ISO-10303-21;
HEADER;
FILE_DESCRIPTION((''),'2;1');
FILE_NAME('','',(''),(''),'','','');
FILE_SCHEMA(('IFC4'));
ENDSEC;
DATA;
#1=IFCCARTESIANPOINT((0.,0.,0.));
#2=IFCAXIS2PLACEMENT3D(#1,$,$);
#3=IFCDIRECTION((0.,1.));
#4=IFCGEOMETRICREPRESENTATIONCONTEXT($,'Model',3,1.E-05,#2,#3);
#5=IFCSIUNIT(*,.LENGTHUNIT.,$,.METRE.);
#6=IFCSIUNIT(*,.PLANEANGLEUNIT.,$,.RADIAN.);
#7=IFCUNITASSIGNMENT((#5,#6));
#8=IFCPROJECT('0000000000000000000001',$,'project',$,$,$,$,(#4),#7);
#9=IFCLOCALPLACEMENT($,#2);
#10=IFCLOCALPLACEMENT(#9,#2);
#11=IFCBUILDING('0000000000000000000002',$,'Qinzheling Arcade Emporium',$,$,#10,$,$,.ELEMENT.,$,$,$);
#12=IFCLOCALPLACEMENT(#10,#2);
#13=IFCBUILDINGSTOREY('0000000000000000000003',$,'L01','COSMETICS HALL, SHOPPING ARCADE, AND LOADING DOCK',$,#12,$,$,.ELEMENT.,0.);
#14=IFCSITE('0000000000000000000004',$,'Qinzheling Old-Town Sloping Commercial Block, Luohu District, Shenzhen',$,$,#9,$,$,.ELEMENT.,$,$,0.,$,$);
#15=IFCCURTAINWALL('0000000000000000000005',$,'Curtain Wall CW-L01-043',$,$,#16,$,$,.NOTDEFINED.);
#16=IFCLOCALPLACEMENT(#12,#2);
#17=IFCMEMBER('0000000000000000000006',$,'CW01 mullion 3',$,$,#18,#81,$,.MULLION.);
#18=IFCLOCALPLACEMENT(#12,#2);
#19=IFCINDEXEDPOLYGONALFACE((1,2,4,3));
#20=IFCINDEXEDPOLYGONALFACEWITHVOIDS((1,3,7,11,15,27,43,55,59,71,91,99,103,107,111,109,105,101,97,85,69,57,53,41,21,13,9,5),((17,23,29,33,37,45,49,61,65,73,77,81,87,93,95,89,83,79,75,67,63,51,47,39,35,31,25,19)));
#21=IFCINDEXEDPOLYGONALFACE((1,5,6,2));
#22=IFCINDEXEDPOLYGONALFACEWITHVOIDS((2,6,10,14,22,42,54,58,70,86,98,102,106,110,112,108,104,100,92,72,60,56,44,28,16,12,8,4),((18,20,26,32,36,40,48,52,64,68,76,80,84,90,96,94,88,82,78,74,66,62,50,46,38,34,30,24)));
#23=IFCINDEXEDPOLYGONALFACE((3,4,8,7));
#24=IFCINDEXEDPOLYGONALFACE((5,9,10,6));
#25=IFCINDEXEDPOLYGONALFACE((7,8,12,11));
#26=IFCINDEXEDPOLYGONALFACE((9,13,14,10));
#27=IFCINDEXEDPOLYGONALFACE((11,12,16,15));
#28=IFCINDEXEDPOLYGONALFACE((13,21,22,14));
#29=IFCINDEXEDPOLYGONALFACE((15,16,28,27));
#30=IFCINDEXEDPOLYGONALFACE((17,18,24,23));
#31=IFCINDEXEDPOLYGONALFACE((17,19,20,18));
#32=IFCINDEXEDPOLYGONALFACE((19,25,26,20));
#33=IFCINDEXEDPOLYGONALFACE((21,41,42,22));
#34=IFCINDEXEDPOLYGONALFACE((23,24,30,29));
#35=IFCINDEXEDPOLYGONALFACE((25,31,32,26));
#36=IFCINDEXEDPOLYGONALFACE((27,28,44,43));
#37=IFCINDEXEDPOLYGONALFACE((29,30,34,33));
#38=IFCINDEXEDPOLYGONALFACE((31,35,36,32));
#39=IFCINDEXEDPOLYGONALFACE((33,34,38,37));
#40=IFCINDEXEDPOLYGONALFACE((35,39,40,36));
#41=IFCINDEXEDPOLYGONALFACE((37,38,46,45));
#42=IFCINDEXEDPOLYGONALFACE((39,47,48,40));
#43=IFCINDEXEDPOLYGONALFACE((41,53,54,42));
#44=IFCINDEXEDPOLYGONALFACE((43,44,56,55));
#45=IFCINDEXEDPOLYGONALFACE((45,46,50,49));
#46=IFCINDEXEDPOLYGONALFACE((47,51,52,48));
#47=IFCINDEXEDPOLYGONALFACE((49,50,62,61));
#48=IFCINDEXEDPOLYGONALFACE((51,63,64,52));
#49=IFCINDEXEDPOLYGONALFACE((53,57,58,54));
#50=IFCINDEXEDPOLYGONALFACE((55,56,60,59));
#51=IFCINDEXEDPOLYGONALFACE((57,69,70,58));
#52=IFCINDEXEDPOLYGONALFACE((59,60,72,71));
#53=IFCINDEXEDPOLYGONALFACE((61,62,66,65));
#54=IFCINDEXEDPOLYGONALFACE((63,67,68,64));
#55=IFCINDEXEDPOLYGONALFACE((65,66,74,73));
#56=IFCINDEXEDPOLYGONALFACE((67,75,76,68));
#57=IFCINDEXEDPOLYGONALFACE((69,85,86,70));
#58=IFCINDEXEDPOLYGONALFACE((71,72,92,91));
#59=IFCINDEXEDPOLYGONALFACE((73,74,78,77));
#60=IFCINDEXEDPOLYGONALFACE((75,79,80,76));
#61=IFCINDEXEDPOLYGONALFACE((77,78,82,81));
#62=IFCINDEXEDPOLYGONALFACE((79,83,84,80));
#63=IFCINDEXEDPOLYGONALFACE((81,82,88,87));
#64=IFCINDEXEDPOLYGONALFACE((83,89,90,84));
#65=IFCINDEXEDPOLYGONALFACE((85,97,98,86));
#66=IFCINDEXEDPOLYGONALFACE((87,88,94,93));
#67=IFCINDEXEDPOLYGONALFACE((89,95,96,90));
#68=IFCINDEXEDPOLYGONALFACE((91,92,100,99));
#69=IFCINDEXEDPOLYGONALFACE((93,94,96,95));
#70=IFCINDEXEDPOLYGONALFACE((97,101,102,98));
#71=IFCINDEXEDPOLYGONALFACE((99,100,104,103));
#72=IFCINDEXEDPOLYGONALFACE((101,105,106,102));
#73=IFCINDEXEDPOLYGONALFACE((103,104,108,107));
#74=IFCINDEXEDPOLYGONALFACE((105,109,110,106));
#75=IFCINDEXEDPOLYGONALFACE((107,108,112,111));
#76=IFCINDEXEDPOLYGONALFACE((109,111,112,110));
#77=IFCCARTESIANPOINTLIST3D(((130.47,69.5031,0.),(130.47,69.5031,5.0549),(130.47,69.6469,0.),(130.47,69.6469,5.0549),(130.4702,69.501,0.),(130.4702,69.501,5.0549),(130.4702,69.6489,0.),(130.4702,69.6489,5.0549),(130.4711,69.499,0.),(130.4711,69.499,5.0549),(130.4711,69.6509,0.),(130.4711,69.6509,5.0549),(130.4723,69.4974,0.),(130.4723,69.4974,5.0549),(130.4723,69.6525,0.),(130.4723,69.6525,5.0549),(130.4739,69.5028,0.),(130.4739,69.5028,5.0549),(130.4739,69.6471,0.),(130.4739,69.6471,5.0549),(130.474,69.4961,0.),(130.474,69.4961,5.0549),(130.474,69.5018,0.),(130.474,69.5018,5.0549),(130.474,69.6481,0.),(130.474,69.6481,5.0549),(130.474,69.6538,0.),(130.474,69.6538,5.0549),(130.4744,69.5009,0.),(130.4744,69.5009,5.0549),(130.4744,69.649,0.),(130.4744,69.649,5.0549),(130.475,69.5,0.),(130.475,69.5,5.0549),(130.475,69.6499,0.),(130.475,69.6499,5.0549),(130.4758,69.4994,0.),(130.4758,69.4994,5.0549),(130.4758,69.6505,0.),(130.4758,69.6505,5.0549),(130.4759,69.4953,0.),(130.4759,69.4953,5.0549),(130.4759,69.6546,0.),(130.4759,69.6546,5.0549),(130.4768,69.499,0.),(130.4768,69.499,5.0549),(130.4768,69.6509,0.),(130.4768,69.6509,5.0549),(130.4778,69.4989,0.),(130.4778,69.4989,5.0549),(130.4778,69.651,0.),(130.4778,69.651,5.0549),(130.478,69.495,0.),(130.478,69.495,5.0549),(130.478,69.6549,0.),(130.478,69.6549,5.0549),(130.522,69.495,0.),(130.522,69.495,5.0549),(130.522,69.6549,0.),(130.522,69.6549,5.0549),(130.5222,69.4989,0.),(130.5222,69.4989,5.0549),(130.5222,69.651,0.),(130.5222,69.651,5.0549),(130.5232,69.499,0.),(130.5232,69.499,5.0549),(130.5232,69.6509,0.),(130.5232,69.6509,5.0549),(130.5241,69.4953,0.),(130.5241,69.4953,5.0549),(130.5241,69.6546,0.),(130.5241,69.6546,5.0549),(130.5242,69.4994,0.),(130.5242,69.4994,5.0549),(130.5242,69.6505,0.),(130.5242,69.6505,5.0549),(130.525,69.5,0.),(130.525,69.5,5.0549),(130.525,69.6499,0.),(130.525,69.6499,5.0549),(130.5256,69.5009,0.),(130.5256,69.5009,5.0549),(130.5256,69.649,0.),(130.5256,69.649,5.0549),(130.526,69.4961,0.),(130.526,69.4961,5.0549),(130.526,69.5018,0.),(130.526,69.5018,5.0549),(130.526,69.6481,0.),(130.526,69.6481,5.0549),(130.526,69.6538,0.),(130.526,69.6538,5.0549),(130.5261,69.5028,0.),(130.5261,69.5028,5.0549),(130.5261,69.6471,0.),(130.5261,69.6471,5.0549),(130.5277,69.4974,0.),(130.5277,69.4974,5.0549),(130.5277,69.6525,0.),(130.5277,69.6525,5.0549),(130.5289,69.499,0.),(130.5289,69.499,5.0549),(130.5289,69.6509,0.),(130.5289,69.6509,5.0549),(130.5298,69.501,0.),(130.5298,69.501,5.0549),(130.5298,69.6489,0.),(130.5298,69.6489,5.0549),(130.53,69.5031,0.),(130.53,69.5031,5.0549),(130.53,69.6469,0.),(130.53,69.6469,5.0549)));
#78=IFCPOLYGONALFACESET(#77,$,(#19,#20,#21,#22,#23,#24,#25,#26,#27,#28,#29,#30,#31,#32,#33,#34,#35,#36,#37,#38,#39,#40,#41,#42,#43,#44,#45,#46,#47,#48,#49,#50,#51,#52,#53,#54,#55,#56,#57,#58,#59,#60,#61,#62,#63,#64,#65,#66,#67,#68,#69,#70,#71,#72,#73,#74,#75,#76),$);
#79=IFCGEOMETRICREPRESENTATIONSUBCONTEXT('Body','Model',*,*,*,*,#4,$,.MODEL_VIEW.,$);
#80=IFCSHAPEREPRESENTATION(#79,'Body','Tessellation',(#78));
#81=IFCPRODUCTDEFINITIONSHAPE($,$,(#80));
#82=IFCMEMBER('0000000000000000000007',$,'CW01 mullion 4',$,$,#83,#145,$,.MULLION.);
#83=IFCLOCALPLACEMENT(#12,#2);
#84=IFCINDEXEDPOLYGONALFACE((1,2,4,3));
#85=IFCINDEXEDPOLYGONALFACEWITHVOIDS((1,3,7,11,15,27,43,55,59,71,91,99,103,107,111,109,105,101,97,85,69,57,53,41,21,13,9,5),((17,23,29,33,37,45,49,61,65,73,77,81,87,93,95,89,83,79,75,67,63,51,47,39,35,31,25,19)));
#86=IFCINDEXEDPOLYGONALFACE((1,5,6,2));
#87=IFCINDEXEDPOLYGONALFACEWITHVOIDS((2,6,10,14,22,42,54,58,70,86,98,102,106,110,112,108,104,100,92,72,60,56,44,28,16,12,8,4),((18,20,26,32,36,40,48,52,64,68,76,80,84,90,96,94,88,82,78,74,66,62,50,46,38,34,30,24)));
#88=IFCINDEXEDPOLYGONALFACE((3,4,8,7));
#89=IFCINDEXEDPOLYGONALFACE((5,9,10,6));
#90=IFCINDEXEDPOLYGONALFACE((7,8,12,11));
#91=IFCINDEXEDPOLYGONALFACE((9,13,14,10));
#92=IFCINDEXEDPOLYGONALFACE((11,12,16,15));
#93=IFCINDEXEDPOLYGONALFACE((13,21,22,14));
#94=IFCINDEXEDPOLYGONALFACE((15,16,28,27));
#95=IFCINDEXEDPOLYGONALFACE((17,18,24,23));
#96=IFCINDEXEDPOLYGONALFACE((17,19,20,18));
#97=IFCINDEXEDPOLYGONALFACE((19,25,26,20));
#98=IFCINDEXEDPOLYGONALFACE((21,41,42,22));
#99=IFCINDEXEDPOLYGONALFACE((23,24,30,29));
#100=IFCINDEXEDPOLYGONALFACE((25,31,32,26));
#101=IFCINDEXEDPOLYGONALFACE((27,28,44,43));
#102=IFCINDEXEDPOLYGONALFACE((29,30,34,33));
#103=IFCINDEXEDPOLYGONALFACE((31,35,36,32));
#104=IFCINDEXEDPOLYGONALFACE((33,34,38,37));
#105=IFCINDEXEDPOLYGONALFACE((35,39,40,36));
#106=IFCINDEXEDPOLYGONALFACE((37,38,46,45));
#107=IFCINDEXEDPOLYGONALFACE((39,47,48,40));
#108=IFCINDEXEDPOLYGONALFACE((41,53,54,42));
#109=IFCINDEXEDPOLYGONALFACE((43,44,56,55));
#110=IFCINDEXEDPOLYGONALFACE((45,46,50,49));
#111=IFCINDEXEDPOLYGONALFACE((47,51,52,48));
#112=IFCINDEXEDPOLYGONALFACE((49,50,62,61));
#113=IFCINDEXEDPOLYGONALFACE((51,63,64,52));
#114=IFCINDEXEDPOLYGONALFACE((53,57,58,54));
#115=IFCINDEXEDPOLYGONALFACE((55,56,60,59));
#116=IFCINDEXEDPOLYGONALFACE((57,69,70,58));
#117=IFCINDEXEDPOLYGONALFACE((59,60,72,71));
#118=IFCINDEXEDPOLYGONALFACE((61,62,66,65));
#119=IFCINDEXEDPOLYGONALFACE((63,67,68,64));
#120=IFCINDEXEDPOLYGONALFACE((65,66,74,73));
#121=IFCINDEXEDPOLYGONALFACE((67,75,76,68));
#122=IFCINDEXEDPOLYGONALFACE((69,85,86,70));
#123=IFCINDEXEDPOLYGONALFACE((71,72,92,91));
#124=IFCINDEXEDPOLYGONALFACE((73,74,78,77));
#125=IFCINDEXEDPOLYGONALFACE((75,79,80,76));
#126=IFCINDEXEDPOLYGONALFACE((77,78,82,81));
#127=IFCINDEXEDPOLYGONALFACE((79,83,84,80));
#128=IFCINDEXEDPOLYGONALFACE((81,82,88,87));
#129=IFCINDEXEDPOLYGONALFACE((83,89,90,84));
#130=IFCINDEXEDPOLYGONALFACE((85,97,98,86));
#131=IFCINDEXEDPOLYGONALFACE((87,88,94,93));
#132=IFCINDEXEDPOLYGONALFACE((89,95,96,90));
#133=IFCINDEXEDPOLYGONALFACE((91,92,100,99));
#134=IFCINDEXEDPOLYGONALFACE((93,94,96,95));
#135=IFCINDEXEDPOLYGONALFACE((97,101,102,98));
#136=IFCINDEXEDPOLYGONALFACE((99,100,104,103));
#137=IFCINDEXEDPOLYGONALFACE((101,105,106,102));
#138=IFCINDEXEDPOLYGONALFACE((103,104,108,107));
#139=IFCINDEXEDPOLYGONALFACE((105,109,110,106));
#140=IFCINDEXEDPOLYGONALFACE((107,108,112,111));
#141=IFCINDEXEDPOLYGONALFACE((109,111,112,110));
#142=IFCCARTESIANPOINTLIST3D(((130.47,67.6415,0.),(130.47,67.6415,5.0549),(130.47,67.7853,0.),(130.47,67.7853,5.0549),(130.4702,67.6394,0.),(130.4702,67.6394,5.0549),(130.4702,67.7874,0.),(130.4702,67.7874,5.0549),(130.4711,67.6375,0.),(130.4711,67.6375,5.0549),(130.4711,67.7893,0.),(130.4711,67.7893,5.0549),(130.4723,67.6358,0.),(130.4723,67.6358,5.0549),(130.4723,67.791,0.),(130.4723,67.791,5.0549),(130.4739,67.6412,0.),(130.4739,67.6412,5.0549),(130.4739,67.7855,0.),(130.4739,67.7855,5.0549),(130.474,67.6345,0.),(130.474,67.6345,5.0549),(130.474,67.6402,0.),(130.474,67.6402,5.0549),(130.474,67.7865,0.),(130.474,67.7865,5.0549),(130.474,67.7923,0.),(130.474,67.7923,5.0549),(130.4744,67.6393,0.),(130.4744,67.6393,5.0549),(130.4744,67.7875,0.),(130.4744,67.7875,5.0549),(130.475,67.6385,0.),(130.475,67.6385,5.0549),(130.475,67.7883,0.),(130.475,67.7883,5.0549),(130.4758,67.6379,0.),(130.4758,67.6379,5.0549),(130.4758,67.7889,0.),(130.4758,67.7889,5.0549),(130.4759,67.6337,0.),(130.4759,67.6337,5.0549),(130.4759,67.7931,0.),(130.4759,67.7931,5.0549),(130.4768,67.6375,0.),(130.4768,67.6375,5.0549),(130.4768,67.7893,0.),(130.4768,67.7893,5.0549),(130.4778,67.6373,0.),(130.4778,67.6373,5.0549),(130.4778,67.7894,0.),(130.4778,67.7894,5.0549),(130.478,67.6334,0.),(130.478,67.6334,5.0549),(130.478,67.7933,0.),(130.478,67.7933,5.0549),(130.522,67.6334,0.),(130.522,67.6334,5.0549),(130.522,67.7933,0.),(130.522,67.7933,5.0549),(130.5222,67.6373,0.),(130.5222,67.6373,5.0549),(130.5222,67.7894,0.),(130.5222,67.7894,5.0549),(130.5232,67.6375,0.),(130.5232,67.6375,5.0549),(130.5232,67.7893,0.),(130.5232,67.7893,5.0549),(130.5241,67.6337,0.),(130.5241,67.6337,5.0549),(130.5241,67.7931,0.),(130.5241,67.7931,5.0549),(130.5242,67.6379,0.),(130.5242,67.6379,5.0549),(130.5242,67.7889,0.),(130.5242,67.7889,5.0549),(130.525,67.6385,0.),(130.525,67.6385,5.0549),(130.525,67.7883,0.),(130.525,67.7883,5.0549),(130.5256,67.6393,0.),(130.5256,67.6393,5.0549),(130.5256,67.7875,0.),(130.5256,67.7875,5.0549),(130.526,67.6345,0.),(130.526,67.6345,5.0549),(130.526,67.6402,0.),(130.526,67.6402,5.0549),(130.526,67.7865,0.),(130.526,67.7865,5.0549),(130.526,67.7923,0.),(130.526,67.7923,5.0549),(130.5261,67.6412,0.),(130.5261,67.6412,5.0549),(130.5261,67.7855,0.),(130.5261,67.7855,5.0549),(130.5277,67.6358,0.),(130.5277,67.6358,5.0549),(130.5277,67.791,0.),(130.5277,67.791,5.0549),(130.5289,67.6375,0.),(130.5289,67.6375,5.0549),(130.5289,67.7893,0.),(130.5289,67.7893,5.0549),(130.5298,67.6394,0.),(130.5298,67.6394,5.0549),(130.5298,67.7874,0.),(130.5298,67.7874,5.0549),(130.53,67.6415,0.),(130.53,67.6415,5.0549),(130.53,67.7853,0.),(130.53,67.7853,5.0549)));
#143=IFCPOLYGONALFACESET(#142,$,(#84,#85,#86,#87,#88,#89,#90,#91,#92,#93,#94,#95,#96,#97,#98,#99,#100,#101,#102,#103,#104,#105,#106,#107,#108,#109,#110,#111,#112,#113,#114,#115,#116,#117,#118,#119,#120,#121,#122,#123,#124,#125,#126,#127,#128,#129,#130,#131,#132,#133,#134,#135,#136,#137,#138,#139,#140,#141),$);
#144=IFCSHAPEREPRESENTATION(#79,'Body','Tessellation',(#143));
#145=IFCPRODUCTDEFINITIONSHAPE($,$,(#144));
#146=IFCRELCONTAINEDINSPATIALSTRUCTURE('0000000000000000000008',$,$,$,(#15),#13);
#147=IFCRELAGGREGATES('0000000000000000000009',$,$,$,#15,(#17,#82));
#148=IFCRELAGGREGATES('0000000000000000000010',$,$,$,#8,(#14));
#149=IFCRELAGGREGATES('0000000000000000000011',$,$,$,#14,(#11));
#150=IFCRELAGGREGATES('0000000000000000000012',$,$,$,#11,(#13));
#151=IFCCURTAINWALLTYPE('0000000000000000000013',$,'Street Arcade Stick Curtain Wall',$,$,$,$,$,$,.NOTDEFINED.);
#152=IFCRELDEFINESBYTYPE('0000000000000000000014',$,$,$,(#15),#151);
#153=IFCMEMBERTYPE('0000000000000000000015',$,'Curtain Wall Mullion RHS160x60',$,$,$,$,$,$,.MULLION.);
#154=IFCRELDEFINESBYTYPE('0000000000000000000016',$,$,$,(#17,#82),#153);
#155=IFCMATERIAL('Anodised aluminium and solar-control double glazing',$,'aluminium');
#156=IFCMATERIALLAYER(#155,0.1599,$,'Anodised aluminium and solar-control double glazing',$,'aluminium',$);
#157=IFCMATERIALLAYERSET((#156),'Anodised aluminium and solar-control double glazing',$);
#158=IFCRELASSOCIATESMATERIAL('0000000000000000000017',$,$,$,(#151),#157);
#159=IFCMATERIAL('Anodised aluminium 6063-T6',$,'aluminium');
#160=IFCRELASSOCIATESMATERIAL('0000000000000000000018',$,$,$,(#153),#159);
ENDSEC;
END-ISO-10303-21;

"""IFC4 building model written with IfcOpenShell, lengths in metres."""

from ifc_helpers import new_model, si_unit, direction, frame, origin, origin_2d, place, context, subcontext, project, spatial, hollow_rectangle, extrude, material, layer, layer_set, material_profile, profile_set, type_object, element, aggregate, save


model = new_model("IFC4")

# Units and contexts
model_context = context("Model", 3, precision=1e-05, world=origin(), true_north=direction((0.0, 1.0)))
body_context = subcontext(model_context, "Body", "Model", "MODEL_VIEW")
ifc_project = project(units=[si_unit("LENGTHUNIT", "METRE"), si_unit("PLANEANGLEUNIT", "RADIAN")], contexts=[model_context])

# Site, building, storey
site_placement = place(None, origin())
site = spatial("IfcSite", under=ifc_project, at=site_placement, Name="Qinzheling Old-Town Sloping Commercial Block, Luohu District, Shenzhen", CompositionType="ELEMENT", RefElevation=0.0)
building_placement = place(site_placement, origin())
building = spatial("IfcBuilding", under=site, at=building_placement, Name="Qinzheling Arcade Emporium", CompositionType="ELEMENT")
storey_placement = place(building_placement, origin())
storey = spatial("IfcBuildingStorey", under=building, at=storey_placement, Name="L01", Description="COSMETICS HALL, SHOPPING ARCADE, AND LOADING DOCK", CompositionType="ELEMENT", Elevation=0.0)

# Curtain wall, members
ifc_material_1 = material(Name="Anodised aluminium and solar-control double glazing", Category="aluminium")
ifc_layer_1 = layer(ifc_material_1, 0.1599, Name="Anodised aluminium and solar-control double glazing", Category="aluminium")
ifc_layer_set_1 = layer_set([ifc_layer_1], Name="Anodised aluminium and solar-control double glazing")
curtain_wall_type = type_object("IfcCurtainWallType", Name="Street Arcade Stick Curtain Wall", PredefinedType="NOTDEFINED", material=ifc_layer_set_1)
curtain_wall_placement = place(storey_placement, origin())
curtain_wall = element("IfcCurtainWall", 1, at=curtain_wall_placement, inside=storey, type_object=curtain_wall_type, Name="Curtain Wall CW-L01-043", PredefinedType="NOTDEFINED")
ifc_material_2 = material(Name="Anodised aluminium 6063-T6", Category="aluminium")
ifc_material_profile_1 = material_profile(ifc_material_2, hollow_rectangle(XDim=0.0601, YDim=0.1599, WallThickness=0.0039, InnerFilletRadius=0.0039, OuterFilletRadius=0.0081, at=origin_2d()), Name="RHS 160x60x4", Category="aluminium")
ifc_profile_set_1 = profile_set([ifc_material_profile_1], Name="Anodised aluminium 6063-T6")
member_type_1 = type_object("IfcMemberType", Name="Curtain Wall Mullion RHS160x60", PredefinedType="MULLION", material=ifc_profile_set_1)
member_1_placement = place(storey_placement, frame((130.5, 69.575, 0.0), z_axis=(0.0, 0.0, 1.0), x_axis=(1.0, 0.0, 0.0)))
member_1 = element("IfcMember", 2, at=member_1_placement, type_object=member_type_1, Name="CW01 mullion 3", PredefinedType="MULLION", context=body_context, shape_type="SweptSolid", body=[
    extrude(hollow_rectangle(XDim=0.0601, YDim=0.1599, WallThickness=0.0039, InnerFilletRadius=0.0039, OuterFilletRadius=0.0081, at=origin_2d()), origin(), (0.0, 0.0, 1.0), 5.0549),
])
member_2_placement = place(storey_placement, frame((130.5, 67.7134, 0.0), z_axis=(0.0, 0.0, 1.0), x_axis=(1.0, 0.0, 0.0)))
member_2 = element("IfcMember", 3, at=member_2_placement, type_object=member_type_1, Name="CW01 mullion 4", PredefinedType="MULLION", context=body_context, shape_type="SweptSolid", body=[
    extrude(hollow_rectangle(XDim=0.0601, YDim=0.1599, WallThickness=0.0039, InnerFilletRadius=0.0039, OuterFilletRadius=0.0081, at=origin_2d()), origin(), (0.0, 0.0, 1.0), 5.0549),
])
aggregate(curtain_wall, [member_1, member_2])

save(model, "model.ifc")
